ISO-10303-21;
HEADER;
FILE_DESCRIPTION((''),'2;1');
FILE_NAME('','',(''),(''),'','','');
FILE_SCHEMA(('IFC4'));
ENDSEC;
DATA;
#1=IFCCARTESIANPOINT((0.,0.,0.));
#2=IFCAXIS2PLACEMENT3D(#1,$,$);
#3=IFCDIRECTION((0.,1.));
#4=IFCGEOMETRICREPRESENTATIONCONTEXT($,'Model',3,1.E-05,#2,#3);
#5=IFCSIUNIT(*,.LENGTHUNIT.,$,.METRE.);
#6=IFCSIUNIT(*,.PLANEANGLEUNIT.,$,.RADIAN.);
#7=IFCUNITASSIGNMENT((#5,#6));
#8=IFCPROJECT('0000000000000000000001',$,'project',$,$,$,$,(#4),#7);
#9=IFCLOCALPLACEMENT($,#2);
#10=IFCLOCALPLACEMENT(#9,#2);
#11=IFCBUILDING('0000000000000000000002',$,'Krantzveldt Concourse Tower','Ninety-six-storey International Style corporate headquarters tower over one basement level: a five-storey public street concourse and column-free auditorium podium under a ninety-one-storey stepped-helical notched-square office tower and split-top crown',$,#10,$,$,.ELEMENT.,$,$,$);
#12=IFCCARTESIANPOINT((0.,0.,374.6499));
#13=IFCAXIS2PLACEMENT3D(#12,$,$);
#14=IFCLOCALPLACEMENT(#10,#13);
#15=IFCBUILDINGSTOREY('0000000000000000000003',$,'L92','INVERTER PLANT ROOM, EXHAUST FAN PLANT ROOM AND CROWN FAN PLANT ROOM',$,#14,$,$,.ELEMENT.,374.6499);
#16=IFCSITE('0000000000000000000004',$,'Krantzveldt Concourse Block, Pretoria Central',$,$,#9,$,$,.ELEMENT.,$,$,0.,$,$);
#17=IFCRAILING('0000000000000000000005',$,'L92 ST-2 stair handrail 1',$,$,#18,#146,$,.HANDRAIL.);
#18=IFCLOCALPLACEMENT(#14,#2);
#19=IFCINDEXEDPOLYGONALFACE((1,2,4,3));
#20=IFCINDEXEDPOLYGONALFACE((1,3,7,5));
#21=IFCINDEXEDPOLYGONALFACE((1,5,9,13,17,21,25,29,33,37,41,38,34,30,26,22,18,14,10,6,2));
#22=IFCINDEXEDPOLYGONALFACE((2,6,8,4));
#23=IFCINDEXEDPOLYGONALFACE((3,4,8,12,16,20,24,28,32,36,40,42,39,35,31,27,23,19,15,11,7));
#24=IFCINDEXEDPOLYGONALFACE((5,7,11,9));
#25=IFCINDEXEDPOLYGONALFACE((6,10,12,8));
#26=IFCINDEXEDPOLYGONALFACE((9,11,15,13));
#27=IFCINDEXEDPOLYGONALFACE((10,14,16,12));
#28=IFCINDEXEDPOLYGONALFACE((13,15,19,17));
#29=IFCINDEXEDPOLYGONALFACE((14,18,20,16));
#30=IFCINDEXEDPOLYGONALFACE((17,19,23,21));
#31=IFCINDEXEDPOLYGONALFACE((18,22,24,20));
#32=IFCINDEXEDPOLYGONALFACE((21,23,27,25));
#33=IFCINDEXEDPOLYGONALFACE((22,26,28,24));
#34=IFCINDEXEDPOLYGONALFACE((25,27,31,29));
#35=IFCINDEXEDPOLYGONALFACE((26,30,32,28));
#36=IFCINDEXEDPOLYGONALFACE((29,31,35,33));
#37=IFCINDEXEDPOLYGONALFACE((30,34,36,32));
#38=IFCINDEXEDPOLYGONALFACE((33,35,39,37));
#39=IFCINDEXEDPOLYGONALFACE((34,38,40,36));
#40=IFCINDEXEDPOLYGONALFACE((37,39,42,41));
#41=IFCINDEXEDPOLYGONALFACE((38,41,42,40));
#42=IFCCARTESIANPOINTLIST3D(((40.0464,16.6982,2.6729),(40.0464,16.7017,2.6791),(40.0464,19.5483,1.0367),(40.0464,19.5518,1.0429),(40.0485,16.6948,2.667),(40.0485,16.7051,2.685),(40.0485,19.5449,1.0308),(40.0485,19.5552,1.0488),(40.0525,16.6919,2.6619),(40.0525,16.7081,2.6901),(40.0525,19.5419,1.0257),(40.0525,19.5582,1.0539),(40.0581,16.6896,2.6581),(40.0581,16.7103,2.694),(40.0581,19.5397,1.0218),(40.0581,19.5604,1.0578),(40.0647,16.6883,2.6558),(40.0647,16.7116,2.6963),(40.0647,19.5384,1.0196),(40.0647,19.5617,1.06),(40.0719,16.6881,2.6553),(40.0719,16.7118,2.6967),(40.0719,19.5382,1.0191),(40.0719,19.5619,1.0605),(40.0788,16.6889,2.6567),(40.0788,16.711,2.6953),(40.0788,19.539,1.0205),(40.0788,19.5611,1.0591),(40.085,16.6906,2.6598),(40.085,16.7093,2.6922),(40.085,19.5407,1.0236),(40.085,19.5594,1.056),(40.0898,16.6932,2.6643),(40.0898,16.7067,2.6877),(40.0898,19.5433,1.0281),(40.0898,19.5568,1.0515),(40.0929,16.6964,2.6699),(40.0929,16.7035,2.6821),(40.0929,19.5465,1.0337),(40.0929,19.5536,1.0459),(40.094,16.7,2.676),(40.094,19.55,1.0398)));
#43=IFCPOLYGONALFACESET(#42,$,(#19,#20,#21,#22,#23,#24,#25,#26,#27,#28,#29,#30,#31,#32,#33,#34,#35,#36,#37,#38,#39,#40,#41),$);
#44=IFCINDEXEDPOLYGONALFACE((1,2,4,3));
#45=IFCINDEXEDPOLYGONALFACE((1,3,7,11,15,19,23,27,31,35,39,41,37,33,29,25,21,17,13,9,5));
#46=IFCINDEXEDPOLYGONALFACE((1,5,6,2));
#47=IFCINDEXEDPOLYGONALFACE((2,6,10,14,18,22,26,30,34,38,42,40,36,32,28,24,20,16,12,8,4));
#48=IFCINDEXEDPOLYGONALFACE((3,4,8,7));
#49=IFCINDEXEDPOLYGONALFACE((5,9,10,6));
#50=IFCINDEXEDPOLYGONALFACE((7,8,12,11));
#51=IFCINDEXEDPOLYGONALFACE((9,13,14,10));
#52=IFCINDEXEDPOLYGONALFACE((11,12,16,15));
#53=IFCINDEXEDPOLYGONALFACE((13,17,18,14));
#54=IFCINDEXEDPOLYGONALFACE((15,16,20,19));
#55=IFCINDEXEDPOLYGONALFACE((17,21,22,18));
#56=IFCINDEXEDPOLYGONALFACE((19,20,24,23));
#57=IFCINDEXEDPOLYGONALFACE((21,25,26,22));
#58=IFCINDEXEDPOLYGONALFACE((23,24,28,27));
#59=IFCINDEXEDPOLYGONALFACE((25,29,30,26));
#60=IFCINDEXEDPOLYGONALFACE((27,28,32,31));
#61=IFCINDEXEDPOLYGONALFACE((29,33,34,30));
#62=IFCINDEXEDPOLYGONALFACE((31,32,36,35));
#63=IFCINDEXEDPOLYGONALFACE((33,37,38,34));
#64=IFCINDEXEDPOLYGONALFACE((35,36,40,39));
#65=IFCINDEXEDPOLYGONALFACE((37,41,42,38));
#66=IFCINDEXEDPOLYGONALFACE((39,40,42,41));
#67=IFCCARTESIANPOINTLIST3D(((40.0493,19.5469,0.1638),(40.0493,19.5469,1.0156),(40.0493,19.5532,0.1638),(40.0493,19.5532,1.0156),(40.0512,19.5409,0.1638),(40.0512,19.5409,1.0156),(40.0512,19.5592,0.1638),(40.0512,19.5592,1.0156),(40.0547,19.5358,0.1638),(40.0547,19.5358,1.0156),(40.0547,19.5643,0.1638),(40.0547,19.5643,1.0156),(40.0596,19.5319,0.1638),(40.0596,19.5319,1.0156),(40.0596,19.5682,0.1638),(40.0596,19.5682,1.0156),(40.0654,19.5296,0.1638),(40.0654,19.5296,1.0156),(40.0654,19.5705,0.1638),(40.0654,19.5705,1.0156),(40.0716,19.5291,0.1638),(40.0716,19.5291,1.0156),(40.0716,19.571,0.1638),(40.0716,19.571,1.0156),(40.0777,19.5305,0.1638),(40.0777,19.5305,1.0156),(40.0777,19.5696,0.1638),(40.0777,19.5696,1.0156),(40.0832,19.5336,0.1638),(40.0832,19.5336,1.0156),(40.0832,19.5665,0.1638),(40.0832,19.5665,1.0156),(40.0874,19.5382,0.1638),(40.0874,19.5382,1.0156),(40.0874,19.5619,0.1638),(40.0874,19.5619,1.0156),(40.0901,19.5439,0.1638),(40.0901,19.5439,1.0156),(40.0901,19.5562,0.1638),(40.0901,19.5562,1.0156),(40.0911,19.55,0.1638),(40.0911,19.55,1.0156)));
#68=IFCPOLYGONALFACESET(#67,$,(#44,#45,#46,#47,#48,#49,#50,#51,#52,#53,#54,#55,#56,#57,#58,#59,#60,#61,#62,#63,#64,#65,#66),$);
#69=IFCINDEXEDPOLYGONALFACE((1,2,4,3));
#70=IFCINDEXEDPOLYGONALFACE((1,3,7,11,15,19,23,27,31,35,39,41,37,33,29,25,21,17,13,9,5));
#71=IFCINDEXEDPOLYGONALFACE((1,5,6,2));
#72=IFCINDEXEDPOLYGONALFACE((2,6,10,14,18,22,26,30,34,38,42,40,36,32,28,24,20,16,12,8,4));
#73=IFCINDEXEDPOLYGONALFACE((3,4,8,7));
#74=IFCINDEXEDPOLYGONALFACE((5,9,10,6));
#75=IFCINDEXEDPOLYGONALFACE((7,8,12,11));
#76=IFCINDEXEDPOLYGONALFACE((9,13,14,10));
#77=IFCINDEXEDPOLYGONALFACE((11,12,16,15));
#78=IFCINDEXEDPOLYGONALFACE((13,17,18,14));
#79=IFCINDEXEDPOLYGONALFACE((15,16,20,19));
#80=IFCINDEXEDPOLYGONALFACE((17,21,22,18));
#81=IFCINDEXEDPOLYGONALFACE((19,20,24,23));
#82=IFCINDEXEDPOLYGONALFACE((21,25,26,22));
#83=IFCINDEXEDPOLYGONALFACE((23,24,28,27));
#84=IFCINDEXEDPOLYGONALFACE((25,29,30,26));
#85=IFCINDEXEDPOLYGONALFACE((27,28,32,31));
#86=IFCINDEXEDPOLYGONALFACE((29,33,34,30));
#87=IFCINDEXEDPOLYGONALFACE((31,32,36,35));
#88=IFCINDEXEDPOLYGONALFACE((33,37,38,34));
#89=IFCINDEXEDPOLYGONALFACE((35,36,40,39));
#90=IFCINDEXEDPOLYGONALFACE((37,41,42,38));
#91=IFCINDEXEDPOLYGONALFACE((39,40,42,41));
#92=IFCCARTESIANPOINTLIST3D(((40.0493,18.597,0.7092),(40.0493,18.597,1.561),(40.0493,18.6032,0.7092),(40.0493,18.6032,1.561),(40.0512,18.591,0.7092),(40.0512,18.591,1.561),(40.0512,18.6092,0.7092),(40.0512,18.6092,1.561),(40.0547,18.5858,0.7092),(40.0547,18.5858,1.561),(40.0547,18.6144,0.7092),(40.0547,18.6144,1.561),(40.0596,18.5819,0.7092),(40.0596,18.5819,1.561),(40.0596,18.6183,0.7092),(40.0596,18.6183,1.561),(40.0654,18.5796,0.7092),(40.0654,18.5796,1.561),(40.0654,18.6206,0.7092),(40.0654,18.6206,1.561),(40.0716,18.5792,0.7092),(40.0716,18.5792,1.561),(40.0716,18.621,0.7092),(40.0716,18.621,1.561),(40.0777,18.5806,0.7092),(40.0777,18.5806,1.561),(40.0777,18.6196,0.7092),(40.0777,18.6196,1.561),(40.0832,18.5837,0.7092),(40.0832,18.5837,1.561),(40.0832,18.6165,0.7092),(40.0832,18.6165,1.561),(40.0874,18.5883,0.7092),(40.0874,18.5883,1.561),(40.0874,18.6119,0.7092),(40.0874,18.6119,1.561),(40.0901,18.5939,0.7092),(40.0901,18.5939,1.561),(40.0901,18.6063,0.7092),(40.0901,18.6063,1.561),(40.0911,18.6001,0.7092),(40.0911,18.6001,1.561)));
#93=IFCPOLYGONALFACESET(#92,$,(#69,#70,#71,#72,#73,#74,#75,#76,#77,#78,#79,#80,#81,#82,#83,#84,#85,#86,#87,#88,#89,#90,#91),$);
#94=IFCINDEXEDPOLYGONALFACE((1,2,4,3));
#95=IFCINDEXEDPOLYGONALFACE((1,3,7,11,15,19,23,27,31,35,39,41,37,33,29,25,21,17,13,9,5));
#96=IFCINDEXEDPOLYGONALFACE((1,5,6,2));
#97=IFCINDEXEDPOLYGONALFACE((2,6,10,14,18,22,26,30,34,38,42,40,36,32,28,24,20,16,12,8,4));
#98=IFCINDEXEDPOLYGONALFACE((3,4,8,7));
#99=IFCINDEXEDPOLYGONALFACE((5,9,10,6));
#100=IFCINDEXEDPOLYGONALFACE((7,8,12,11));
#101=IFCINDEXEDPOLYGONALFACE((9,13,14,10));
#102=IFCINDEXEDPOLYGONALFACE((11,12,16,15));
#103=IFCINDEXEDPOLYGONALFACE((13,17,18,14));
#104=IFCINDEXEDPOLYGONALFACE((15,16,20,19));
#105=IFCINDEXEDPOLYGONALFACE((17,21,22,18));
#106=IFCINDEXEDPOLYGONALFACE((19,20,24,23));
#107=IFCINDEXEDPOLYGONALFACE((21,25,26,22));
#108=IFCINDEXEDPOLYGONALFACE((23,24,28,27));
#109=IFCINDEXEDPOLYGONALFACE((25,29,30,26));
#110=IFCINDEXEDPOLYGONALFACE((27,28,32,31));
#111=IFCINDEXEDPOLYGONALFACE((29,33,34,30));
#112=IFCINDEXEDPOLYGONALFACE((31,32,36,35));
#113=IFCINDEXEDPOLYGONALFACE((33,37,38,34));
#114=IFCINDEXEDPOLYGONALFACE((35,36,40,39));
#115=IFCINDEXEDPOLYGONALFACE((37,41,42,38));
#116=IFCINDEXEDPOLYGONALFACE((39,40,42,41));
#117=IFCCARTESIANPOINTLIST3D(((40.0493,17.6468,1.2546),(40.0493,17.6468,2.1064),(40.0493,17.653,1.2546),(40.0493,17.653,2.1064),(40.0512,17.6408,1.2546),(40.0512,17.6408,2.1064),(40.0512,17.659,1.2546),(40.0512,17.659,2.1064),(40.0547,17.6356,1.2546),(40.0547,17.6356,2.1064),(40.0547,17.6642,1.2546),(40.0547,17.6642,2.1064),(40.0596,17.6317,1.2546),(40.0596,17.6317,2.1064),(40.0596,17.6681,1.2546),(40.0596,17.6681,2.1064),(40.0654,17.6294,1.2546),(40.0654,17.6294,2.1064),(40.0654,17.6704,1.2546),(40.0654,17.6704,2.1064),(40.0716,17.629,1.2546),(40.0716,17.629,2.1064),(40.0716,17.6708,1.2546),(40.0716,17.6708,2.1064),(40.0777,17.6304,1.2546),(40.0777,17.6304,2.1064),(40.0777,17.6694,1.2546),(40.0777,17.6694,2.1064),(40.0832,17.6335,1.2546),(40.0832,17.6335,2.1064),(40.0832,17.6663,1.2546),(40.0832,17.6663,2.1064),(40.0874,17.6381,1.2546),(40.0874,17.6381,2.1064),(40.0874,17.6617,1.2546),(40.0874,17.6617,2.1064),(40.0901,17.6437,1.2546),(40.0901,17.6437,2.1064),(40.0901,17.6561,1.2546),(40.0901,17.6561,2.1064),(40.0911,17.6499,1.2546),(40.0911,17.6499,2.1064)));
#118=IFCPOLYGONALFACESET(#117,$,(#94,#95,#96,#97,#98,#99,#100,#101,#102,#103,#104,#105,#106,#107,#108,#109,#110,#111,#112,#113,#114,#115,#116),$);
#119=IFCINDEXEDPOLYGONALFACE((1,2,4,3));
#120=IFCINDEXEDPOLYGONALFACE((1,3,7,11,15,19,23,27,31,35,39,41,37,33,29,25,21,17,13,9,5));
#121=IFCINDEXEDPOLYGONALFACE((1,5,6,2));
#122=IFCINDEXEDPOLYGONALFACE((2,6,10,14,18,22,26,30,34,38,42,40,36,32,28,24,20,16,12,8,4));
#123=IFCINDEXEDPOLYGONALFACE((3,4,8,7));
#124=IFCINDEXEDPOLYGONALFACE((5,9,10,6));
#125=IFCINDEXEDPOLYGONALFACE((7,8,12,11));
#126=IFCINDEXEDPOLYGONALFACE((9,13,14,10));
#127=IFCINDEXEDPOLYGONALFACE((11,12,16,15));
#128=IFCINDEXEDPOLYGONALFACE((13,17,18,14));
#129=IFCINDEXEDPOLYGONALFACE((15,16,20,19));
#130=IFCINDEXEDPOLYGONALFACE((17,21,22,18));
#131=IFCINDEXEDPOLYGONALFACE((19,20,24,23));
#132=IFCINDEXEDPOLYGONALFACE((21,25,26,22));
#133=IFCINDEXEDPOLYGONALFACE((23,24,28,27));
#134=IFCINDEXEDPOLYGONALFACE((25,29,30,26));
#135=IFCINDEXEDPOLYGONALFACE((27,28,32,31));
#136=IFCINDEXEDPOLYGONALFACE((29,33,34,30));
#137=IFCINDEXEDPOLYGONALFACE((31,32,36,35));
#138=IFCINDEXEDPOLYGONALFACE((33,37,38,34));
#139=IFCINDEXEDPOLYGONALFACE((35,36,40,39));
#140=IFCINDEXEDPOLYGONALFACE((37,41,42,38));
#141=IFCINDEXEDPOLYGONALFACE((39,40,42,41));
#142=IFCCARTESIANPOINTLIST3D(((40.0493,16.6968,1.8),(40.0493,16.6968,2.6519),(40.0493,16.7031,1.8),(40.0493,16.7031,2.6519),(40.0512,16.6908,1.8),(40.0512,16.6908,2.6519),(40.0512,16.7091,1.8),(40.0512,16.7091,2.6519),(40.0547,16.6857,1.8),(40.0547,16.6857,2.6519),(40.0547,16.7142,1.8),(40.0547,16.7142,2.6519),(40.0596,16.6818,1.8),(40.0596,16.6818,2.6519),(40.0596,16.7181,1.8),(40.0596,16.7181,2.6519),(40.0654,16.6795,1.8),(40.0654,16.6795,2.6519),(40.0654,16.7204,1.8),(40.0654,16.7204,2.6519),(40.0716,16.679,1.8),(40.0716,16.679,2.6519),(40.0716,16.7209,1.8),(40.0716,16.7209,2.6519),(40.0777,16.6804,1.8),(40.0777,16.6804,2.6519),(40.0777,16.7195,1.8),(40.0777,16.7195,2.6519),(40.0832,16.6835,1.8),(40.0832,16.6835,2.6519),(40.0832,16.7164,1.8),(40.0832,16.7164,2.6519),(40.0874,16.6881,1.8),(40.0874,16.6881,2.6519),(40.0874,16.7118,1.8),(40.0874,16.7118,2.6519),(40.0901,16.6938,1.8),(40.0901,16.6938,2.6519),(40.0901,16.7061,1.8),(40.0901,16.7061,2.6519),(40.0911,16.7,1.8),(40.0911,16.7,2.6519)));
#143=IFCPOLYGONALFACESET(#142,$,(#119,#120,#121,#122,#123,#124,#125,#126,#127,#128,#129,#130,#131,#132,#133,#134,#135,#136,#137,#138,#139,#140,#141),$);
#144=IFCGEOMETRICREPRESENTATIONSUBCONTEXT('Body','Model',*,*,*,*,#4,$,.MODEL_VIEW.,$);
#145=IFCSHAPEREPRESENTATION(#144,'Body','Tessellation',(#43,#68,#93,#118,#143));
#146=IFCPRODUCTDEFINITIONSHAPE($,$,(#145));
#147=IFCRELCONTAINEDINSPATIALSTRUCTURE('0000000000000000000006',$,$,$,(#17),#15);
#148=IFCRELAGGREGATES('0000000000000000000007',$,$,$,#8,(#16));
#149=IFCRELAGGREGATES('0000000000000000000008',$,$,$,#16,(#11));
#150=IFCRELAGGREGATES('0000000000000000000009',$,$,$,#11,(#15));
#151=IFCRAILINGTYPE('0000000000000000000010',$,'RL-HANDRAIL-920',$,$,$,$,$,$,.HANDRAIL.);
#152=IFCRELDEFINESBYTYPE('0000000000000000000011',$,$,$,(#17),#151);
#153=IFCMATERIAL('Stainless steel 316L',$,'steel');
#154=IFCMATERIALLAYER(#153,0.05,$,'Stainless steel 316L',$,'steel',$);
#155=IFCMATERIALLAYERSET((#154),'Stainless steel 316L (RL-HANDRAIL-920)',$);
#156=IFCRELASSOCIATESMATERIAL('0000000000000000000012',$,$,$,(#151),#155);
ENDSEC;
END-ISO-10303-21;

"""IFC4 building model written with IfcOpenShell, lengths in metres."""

from ifc_helpers import new_model, si_unit, direction, frame, origin, origin_2d, place, context, subcontext, project, spatial, circle, extrude, material, layer, layer_set, type_object, element, save


model = new_model("IFC4")

# Units and contexts
model_context = context("Model", 3, precision=1e-05, world=origin(), true_north=direction((0.0, 1.0)))
body_context = subcontext(model_context, "Body", "Model", "MODEL_VIEW")
ifc_project = project(units=[si_unit("LENGTHUNIT", "METRE"), si_unit("PLANEANGLEUNIT", "RADIAN")], contexts=[model_context])

# Site, building, storey
site_placement = place(None, origin())
site = spatial("IfcSite", under=ifc_project, at=site_placement, Name="Krantzveldt Concourse Block, Pretoria Central", CompositionType="ELEMENT", RefElevation=0.0)
building_placement = place(site_placement, origin())
building = spatial("IfcBuilding", under=site, at=building_placement, Name="Krantzveldt Concourse Tower", Description="Ninety-six-storey International Style corporate headquarters tower over one basement level: a five-storey public street concourse and column-free auditorium podium under a ninety-one-storey stepped-helical notched-square office tower and split-top crown", CompositionType="ELEMENT")
storey_placement = place(building_placement, frame((0.0, 0.0, 374.6499)))
storey = spatial("IfcBuildingStorey", under=building, at=storey_placement, Name="L92", Description="INVERTER PLANT ROOM, EXHAUST FAN PLANT ROOM AND CROWN FAN PLANT ROOM", CompositionType="ELEMENT", Elevation=374.6499)

# Shared definitions
ifc_material_1 = material(Name="Stainless steel 316L", Category="steel")

# Railing
ifc_layer_1 = layer(ifc_material_1, 0.05, Name="Stainless steel 316L", Category="steel")
ifc_layer_set_1 = layer_set([ifc_layer_1], Name="Stainless steel 316L (RL-HANDRAIL-920)")
railing_type_1 = type_object("IfcRailingType", Name="RL-HANDRAIL-920", PredefinedType="HANDRAIL", material=ifc_layer_set_1)
railing_1_placement = place(storey_placement, frame((40.0701, 19.55, 0.1638)))
element("IfcRailing", 1, at=railing_1_placement, inside=storey, type_object=railing_type_1, Name="L92 ST-2 stair handrail 1", PredefinedType="HANDRAIL", context=body_context, shape_type="SweptSolid", body=[
    extrude(circle(Radius=0.0239, at=origin_2d()), frame((0.0, 0.0, 0.876), z_axis=(0.0, -0.867245, 0.497882), x_axis=(1.0, 0.0, 0.0)), (0.0, 0.0, 1.0), 3.2864),
    extrude(circle(Radius=0.021, at=origin_2d()), origin(), (0.0, 0.0, 1.0), 0.8518),
    extrude(circle(Radius=0.021, at=origin_2d()), frame((0.0, -0.95, 0.5454)), (0.0, 0.0, 1.0), 0.8518),
    extrude(circle(Radius=0.021, at=origin_2d()), frame((0.0, -1.9001, 1.0908)), (0.0, 0.0, 1.0), 0.8518),
    extrude(circle(Radius=0.021, at=origin_2d()), frame((0.0, -2.8501, 1.6362)), (0.0, 0.0, 1.0), 0.8518),
])

save(model, "model.ifc")
